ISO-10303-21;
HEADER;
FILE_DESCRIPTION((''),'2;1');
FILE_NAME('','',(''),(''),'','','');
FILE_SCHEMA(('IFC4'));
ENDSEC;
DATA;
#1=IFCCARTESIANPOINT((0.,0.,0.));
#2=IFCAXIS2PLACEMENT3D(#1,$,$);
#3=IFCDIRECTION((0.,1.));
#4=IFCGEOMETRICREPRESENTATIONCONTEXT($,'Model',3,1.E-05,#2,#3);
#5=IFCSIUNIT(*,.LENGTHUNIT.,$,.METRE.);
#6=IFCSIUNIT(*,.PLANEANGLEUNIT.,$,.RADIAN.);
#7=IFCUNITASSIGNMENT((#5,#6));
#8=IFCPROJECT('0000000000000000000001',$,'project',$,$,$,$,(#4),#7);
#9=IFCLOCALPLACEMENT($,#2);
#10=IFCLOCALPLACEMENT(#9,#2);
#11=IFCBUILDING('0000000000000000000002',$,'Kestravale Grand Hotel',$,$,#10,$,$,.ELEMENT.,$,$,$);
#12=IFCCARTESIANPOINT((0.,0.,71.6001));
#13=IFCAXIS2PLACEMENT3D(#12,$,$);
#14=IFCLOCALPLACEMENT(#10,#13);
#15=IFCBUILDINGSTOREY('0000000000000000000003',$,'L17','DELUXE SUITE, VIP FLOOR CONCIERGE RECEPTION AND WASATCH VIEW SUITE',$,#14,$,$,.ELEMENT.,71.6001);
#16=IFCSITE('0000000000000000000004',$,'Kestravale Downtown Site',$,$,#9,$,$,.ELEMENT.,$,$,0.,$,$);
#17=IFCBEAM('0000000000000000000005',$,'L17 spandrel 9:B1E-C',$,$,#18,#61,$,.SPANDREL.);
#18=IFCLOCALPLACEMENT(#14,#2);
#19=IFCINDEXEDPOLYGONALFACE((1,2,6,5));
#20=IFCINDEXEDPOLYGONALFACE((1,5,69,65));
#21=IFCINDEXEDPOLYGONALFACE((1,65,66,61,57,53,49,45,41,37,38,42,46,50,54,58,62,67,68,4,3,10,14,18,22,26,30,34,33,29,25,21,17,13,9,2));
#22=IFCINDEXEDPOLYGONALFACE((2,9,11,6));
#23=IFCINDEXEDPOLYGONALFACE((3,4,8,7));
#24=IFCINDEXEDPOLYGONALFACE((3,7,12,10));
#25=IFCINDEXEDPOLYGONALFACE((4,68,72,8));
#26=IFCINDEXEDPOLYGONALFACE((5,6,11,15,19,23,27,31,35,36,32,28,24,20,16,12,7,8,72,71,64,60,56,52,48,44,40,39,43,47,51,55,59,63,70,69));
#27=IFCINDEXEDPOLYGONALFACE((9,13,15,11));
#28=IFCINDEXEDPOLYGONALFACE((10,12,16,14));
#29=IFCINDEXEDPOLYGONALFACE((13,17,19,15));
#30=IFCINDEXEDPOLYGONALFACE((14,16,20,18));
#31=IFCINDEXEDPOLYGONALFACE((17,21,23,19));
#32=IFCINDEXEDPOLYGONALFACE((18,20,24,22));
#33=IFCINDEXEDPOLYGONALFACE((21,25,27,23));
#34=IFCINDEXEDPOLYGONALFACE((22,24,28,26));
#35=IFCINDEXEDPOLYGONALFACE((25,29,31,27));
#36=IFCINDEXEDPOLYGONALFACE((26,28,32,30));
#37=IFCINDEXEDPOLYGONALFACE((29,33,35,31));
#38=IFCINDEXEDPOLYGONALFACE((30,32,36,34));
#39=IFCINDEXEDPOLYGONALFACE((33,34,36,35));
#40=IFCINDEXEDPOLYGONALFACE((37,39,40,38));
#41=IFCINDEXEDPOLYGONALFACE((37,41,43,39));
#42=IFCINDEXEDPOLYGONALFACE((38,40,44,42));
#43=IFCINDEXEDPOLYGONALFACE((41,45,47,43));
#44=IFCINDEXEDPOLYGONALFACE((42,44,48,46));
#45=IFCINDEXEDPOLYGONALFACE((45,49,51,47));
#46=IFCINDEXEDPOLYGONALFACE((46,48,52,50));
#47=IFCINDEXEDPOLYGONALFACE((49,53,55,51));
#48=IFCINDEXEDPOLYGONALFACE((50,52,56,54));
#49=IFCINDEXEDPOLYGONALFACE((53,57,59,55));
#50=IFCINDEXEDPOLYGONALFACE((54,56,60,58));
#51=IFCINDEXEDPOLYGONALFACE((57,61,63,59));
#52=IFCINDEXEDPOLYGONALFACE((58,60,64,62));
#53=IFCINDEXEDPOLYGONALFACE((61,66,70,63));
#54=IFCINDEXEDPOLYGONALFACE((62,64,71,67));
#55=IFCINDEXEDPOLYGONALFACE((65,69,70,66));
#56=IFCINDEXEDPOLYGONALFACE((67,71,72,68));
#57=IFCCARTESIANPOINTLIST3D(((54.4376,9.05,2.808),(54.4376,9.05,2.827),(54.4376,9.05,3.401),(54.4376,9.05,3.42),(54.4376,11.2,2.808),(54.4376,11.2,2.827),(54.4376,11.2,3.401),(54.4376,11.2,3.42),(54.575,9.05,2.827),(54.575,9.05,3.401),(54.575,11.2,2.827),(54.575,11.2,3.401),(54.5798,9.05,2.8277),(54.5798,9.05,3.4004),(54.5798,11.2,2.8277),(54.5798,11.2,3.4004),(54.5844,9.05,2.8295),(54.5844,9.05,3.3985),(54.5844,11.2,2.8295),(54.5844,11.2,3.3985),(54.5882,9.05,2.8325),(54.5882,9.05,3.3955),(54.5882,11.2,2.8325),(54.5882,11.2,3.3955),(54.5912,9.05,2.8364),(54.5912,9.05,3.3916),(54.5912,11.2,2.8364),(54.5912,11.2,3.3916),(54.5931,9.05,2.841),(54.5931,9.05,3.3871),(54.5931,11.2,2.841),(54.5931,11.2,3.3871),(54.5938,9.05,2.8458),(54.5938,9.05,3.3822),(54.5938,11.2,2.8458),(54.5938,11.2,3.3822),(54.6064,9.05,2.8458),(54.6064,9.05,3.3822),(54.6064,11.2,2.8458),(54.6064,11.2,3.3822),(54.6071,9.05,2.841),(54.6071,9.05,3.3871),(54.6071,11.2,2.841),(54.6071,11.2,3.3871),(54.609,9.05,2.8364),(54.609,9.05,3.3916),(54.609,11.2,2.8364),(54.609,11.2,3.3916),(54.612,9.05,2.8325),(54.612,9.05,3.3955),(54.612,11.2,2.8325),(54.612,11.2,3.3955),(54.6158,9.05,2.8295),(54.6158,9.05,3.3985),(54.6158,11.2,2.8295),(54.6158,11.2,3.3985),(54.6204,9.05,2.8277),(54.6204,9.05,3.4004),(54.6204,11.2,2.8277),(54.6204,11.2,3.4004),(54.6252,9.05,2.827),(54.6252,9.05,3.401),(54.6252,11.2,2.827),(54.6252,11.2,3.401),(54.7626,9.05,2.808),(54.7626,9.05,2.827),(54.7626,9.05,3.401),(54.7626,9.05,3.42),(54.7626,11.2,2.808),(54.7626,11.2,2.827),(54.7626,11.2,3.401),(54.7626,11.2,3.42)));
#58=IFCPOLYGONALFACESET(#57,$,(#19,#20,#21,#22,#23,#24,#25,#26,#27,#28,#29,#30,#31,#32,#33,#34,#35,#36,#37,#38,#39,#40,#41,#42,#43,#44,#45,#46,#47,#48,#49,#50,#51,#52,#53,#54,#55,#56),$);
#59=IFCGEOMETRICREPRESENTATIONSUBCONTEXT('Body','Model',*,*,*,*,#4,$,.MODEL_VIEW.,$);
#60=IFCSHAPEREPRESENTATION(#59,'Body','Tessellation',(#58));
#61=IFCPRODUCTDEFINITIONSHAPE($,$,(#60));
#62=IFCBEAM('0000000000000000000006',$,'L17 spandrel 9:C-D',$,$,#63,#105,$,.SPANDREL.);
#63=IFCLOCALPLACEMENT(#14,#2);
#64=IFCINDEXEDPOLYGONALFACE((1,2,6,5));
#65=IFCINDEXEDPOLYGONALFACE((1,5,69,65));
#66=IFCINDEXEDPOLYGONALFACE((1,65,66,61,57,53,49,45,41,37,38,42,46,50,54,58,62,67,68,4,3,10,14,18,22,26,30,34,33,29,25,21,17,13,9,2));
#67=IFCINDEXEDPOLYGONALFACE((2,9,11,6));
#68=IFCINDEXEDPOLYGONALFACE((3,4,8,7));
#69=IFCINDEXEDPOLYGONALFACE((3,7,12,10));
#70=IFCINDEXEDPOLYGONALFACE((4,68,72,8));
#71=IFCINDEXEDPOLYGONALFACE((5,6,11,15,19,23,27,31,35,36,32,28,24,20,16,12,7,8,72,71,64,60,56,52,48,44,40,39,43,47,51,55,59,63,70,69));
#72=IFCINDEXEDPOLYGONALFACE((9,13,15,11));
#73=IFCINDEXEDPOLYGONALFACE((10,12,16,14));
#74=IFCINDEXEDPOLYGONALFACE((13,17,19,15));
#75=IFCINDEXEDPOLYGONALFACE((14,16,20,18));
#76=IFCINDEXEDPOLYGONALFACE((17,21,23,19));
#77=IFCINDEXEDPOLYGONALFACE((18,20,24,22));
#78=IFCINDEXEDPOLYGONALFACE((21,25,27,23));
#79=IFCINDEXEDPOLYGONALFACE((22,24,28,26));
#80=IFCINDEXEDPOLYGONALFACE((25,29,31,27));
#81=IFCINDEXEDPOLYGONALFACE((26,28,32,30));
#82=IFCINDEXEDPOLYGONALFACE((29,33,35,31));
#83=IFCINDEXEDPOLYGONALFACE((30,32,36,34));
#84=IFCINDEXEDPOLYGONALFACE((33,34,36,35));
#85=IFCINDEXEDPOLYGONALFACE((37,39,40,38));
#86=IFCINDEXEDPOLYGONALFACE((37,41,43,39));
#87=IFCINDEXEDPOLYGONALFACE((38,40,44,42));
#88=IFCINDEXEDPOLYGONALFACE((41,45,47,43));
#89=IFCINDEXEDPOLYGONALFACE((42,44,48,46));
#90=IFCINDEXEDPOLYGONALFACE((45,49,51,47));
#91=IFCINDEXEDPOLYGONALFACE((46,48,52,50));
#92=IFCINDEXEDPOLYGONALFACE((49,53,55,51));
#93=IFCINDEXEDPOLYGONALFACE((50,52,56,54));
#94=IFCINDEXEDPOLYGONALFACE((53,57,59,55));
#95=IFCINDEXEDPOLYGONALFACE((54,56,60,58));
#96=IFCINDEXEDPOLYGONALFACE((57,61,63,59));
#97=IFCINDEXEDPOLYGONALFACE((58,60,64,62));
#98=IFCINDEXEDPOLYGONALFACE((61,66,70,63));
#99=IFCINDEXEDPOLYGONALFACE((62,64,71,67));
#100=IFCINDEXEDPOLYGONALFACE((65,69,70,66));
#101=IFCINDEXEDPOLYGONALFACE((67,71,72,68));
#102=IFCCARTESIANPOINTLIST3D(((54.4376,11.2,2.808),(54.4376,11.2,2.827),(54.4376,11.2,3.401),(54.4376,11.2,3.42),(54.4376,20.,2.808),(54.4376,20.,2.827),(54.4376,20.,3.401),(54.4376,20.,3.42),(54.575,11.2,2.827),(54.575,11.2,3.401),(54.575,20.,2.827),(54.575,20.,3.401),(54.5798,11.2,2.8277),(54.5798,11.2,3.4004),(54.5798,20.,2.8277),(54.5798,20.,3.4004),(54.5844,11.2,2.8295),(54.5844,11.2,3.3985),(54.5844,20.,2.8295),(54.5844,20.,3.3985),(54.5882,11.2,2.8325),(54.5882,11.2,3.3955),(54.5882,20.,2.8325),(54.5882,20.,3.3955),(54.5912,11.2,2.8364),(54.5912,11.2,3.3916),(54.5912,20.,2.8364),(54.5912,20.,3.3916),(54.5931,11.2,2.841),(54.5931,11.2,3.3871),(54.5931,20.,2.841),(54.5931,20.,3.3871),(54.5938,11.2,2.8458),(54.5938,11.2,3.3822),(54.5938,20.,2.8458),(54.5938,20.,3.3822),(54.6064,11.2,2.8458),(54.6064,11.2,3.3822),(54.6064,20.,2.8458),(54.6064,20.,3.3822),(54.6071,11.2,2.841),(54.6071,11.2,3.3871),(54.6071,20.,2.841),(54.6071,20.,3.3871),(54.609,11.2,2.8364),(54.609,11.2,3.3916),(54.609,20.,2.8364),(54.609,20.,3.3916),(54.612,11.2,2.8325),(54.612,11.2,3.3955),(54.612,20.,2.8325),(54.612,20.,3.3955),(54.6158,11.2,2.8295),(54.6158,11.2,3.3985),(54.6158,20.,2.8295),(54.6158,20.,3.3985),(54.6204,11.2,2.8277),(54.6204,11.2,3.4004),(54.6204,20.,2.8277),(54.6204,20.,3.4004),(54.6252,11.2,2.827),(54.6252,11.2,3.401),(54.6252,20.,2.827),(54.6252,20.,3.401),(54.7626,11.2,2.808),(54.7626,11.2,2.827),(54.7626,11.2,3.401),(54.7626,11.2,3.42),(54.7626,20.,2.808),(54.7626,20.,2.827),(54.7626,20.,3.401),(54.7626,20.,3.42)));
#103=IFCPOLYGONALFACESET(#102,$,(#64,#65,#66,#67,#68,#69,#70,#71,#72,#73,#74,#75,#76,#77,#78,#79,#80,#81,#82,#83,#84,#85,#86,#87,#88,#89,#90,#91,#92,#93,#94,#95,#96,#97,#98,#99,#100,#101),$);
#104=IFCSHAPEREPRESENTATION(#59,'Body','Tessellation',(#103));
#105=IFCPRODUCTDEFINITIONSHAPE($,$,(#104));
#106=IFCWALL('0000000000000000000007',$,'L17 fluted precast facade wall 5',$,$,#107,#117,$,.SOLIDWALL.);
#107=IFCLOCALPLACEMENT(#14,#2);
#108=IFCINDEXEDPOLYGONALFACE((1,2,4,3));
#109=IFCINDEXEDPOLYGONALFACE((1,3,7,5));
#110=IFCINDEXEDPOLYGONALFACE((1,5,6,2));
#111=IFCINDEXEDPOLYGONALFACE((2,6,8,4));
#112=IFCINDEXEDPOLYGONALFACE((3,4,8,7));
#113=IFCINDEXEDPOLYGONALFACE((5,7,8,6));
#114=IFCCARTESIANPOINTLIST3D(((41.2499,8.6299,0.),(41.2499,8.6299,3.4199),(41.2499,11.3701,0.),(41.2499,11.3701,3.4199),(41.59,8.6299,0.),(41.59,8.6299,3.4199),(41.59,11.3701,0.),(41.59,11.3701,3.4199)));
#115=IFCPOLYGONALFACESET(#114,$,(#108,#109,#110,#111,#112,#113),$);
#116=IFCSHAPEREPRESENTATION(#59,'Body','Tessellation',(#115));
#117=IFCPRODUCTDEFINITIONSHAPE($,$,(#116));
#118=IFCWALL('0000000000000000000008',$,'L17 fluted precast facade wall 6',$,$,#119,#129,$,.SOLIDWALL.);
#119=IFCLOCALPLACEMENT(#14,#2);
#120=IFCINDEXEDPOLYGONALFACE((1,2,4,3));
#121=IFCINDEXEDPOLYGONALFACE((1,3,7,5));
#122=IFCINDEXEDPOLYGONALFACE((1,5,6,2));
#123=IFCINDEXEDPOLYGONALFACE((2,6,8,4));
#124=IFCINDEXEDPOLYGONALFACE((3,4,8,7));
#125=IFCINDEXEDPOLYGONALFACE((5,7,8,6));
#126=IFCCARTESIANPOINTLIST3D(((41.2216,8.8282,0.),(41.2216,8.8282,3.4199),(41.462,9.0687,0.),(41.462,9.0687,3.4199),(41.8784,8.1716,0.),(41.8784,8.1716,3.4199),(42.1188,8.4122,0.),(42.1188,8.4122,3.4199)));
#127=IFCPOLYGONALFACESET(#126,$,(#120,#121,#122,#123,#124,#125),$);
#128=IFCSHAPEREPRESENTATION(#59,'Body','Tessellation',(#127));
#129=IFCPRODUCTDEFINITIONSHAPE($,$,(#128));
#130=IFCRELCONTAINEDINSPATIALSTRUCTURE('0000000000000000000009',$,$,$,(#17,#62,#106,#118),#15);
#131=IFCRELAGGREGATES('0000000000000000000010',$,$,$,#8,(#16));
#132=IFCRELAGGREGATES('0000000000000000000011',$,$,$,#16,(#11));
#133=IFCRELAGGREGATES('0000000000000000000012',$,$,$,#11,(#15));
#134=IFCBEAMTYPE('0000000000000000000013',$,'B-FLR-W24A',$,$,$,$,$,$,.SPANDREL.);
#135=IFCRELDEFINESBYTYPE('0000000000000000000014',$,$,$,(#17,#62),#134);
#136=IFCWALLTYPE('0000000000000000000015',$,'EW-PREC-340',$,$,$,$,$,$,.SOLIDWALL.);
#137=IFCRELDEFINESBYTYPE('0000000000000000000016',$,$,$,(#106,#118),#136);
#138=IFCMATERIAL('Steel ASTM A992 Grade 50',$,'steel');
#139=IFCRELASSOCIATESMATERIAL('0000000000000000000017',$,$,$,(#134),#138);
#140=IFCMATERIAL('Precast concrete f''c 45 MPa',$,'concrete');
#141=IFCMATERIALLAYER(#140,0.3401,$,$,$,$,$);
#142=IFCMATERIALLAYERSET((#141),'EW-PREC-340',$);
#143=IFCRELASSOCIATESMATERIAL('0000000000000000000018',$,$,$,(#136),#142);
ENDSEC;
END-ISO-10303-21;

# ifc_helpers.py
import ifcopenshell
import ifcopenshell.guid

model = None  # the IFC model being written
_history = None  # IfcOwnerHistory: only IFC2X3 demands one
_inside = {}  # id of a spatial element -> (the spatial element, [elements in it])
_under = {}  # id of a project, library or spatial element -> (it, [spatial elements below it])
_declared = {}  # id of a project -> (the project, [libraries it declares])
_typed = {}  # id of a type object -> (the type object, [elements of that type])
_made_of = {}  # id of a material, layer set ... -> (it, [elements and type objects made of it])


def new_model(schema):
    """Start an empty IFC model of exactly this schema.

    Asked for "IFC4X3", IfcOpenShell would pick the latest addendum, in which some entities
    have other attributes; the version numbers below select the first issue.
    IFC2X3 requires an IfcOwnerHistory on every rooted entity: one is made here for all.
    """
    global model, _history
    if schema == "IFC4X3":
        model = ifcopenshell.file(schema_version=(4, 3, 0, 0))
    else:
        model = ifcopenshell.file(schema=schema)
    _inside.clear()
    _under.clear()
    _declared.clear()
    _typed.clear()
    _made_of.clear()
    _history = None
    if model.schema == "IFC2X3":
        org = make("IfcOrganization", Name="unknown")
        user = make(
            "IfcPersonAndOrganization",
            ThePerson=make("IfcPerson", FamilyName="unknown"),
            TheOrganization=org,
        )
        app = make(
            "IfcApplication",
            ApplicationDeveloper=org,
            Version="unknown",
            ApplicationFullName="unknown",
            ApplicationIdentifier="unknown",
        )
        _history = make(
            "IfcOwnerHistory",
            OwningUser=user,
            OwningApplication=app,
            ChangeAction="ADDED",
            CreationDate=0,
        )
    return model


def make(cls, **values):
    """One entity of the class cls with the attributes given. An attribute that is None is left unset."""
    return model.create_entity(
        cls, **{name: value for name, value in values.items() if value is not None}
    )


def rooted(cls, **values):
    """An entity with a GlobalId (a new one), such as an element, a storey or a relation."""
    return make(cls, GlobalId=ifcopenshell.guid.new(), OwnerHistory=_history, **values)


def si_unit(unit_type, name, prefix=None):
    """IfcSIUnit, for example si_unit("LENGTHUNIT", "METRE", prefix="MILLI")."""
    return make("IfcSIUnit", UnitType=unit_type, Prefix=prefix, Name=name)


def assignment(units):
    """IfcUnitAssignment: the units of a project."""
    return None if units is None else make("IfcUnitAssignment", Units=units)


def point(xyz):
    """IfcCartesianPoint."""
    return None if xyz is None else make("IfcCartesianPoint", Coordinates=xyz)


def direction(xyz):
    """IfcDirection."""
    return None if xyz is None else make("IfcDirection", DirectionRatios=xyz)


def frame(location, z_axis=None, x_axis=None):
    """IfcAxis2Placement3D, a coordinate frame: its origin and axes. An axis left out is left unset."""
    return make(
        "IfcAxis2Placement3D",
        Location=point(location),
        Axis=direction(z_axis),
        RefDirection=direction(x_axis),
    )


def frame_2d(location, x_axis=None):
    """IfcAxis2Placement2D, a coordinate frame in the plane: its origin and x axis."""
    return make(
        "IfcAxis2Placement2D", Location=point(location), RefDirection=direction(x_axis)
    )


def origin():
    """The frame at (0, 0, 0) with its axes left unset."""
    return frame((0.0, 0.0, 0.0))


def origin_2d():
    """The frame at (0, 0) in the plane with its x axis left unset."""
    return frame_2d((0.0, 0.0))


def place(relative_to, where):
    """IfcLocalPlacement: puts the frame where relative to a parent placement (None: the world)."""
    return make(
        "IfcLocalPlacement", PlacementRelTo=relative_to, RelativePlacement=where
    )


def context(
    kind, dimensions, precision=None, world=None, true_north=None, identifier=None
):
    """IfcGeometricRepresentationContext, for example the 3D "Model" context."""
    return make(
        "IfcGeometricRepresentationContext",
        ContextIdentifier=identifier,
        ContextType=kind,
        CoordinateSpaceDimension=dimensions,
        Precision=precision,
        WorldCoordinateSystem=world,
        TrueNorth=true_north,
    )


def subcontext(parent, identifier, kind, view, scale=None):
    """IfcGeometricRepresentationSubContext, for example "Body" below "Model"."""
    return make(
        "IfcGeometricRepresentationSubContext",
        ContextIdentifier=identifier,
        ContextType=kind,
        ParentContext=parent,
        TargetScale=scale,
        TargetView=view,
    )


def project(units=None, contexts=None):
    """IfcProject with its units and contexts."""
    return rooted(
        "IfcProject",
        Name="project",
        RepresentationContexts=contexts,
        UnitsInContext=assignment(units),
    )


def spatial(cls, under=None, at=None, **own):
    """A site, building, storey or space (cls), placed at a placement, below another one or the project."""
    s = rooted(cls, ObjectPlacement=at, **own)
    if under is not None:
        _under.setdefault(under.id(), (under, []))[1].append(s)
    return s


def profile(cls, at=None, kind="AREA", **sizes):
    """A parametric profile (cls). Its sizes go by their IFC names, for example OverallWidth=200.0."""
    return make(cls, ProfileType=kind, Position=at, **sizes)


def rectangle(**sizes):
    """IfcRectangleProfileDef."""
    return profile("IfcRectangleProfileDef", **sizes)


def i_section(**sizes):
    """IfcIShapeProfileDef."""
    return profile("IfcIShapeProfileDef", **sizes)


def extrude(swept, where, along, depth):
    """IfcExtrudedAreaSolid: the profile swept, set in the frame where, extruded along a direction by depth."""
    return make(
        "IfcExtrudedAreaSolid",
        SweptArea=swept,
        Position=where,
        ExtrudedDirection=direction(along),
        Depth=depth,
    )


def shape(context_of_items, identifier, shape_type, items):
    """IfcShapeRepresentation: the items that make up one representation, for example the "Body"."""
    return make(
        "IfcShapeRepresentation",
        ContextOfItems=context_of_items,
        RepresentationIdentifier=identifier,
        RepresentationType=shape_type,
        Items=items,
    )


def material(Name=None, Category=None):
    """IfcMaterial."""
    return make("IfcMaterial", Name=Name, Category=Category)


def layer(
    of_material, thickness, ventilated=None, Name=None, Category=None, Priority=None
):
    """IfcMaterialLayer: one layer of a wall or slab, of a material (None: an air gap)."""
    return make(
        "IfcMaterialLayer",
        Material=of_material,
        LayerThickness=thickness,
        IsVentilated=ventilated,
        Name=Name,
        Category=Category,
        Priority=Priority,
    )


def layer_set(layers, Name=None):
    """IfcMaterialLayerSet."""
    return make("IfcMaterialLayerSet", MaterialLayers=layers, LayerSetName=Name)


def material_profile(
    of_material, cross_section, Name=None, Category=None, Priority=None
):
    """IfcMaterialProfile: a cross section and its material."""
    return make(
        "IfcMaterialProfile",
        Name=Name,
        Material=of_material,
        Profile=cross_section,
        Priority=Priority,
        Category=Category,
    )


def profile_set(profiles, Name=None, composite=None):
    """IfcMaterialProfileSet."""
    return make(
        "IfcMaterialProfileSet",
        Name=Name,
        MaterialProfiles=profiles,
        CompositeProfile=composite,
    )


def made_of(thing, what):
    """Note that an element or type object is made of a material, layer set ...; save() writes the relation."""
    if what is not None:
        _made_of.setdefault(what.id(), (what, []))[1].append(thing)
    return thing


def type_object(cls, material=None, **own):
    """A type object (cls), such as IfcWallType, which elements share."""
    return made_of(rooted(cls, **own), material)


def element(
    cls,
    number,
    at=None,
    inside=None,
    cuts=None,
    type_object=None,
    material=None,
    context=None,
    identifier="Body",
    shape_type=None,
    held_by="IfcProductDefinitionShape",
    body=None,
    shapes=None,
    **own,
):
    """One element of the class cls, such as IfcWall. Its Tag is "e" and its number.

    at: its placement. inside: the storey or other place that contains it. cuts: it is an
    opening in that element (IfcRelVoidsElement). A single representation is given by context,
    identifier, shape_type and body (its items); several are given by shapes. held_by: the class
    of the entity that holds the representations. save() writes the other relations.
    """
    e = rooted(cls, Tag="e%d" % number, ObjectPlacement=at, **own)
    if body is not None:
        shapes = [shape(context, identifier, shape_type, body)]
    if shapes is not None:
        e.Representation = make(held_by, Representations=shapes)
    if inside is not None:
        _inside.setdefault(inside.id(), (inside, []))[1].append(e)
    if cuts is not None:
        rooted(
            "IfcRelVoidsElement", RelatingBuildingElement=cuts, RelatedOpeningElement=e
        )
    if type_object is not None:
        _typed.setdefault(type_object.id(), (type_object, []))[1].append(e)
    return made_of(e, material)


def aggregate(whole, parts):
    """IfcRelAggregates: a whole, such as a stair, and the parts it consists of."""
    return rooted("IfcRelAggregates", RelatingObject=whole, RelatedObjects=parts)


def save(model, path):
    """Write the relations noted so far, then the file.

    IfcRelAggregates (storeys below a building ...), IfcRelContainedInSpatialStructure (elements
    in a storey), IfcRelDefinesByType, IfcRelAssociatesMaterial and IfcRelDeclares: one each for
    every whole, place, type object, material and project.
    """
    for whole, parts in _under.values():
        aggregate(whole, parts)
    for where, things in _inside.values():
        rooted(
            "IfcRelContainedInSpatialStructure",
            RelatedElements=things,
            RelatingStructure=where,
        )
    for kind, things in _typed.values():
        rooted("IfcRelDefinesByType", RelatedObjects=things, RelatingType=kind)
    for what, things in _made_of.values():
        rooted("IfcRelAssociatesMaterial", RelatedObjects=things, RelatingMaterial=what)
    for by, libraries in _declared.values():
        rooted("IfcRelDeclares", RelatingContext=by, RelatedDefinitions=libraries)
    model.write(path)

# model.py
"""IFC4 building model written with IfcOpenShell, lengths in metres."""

from ifc_helpers import new_model, si_unit, direction, frame, frame_2d, origin, origin_2d, place, context, subcontext, project, spatial, rectangle, i_section, extrude, material, layer, layer_set, material_profile, profile_set, type_object, element, save


model = new_model("IFC4")

# Units and contexts
model_context = context("Model", 3, precision=1e-05, world=origin(), true_north=direction((0.0, 1.0)))
body_context = subcontext(model_context, "Body", "Model", "MODEL_VIEW")
ifc_project = project(units=[si_unit("LENGTHUNIT", "METRE"), si_unit("PLANEANGLEUNIT", "RADIAN")], contexts=[model_context])

# Site, building, storey
site_placement = place(None, origin())
site = spatial("IfcSite", under=ifc_project, at=site_placement, Name="Kestravale Downtown Site", CompositionType="ELEMENT", RefElevation=0.0)
building_placement = place(site_placement, origin())
building = spatial("IfcBuilding", under=site, at=building_placement, Name="Kestravale Grand Hotel", CompositionType="ELEMENT")
storey_placement = place(building_placement, frame((0.0, 0.0, 71.6001)))
storey = spatial("IfcBuildingStorey", under=building, at=storey_placement, Name="L17", Description="DELUXE SUITE, VIP FLOOR CONCIERGE RECEPTION AND WASATCH VIEW SUITE", CompositionType="ELEMENT", Elevation=71.6001)

# Beams
ifc_material_1 = material(Name="Steel ASTM A992 Grade 50", Category="steel")
ifc_material_profile_1 = material_profile(ifc_material_1, i_section(OverallWidth=0.325, OverallDepth=0.6121, WebThickness=0.0127, FlangeThickness=0.019, FilletRadius=0.0188, at=origin_2d()))
ifc_profile_set_1 = profile_set([ifc_material_profile_1], Name="Steel ASTM A992 Grade 50")
beam_type_1 = type_object("IfcBeamType", Name="B-FLR-W24A", PredefinedType="SPANDREL", material=ifc_profile_set_1)
beam_1_placement = place(storey_placement, frame((54.6001, 9.05, 3.114), z_axis=(0.0, 1.0, 0.0), x_axis=(-1.0, 0.0, 0.0)))
element("IfcBeam", 1, at=beam_1_placement, inside=storey, type_object=beam_type_1, Name="L17 spandrel 9:B1E-C", PredefinedType="SPANDREL", context=body_context, shape_type="SweptSolid", body=[
    extrude(i_section(OverallWidth=0.325, OverallDepth=0.6121, WebThickness=0.0127, FlangeThickness=0.019, FilletRadius=0.0188, at=origin_2d()), origin(), (0.0, 0.0, 1.0), 2.1499),
])
beam_2_placement = place(storey_placement, frame((54.6001, 11.2, 3.114), z_axis=(0.0, 1.0, 0.0), x_axis=(-1.0, 0.0, 0.0)))
element("IfcBeam", 2, at=beam_2_placement, inside=storey, type_object=beam_type_1, Name="L17 spandrel 9:C-D", PredefinedType="SPANDREL", context=body_context, shape_type="SweptSolid", body=[
    extrude(i_section(OverallWidth=0.325, OverallDepth=0.6121, WebThickness=0.0127, FlangeThickness=0.019, FilletRadius=0.0188, at=origin_2d()), origin(), (0.0, 0.0, 1.0), 8.8),
])

# Walls
ifc_material_2 = material(Name="Precast concrete f'c 45 MPa", Category="concrete")
ifc_layer_1 = layer(ifc_material_2, 0.3401)
ifc_layer_set_1 = layer_set([ifc_layer_1], Name="EW-PREC-340")
wall_type_1 = type_object("IfcWallType", Name="EW-PREC-340", PredefinedType="SOLIDWALL", material=ifc_layer_set_1)
wall_1_placement = place(storey_placement, frame((41.4199, 11.3701, 0.0), z_axis=(0.0, 0.0, 1.0), x_axis=(0.0, -1.0, 0.0)))
element("IfcWall", 3, at=wall_1_placement, inside=storey, type_object=wall_type_1, Name="L17 fluted precast facade wall 5", PredefinedType="SOLIDWALL", context=body_context, shape_type="SweptSolid", body=[
    extrude(rectangle(XDim=2.7402, YDim=0.3401, at=frame_2d((1.3701, 0.0))), origin(), (0.0, 0.0, 1.0), 3.4199),
])
wall_2_placement = place(storey_placement, frame((41.3418, 8.9485, 0.0), z_axis=(0.0, 0.0, 1.0), x_axis=(0.707238, -0.706975, 0.0)))
element("IfcWall", 4, at=wall_2_placement, inside=storey, type_object=wall_type_1, Name="L17 fluted precast facade wall 6", PredefinedType="SOLIDWALL", context=body_context, shape_type="SweptSolid", body=[
    extrude(rectangle(XDim=0.9287, YDim=0.3401, at=frame_2d((0.4644, 0.0))), origin(), (0.0, 0.0, 1.0), 3.4199),
])

save(model, "model.ifc")
